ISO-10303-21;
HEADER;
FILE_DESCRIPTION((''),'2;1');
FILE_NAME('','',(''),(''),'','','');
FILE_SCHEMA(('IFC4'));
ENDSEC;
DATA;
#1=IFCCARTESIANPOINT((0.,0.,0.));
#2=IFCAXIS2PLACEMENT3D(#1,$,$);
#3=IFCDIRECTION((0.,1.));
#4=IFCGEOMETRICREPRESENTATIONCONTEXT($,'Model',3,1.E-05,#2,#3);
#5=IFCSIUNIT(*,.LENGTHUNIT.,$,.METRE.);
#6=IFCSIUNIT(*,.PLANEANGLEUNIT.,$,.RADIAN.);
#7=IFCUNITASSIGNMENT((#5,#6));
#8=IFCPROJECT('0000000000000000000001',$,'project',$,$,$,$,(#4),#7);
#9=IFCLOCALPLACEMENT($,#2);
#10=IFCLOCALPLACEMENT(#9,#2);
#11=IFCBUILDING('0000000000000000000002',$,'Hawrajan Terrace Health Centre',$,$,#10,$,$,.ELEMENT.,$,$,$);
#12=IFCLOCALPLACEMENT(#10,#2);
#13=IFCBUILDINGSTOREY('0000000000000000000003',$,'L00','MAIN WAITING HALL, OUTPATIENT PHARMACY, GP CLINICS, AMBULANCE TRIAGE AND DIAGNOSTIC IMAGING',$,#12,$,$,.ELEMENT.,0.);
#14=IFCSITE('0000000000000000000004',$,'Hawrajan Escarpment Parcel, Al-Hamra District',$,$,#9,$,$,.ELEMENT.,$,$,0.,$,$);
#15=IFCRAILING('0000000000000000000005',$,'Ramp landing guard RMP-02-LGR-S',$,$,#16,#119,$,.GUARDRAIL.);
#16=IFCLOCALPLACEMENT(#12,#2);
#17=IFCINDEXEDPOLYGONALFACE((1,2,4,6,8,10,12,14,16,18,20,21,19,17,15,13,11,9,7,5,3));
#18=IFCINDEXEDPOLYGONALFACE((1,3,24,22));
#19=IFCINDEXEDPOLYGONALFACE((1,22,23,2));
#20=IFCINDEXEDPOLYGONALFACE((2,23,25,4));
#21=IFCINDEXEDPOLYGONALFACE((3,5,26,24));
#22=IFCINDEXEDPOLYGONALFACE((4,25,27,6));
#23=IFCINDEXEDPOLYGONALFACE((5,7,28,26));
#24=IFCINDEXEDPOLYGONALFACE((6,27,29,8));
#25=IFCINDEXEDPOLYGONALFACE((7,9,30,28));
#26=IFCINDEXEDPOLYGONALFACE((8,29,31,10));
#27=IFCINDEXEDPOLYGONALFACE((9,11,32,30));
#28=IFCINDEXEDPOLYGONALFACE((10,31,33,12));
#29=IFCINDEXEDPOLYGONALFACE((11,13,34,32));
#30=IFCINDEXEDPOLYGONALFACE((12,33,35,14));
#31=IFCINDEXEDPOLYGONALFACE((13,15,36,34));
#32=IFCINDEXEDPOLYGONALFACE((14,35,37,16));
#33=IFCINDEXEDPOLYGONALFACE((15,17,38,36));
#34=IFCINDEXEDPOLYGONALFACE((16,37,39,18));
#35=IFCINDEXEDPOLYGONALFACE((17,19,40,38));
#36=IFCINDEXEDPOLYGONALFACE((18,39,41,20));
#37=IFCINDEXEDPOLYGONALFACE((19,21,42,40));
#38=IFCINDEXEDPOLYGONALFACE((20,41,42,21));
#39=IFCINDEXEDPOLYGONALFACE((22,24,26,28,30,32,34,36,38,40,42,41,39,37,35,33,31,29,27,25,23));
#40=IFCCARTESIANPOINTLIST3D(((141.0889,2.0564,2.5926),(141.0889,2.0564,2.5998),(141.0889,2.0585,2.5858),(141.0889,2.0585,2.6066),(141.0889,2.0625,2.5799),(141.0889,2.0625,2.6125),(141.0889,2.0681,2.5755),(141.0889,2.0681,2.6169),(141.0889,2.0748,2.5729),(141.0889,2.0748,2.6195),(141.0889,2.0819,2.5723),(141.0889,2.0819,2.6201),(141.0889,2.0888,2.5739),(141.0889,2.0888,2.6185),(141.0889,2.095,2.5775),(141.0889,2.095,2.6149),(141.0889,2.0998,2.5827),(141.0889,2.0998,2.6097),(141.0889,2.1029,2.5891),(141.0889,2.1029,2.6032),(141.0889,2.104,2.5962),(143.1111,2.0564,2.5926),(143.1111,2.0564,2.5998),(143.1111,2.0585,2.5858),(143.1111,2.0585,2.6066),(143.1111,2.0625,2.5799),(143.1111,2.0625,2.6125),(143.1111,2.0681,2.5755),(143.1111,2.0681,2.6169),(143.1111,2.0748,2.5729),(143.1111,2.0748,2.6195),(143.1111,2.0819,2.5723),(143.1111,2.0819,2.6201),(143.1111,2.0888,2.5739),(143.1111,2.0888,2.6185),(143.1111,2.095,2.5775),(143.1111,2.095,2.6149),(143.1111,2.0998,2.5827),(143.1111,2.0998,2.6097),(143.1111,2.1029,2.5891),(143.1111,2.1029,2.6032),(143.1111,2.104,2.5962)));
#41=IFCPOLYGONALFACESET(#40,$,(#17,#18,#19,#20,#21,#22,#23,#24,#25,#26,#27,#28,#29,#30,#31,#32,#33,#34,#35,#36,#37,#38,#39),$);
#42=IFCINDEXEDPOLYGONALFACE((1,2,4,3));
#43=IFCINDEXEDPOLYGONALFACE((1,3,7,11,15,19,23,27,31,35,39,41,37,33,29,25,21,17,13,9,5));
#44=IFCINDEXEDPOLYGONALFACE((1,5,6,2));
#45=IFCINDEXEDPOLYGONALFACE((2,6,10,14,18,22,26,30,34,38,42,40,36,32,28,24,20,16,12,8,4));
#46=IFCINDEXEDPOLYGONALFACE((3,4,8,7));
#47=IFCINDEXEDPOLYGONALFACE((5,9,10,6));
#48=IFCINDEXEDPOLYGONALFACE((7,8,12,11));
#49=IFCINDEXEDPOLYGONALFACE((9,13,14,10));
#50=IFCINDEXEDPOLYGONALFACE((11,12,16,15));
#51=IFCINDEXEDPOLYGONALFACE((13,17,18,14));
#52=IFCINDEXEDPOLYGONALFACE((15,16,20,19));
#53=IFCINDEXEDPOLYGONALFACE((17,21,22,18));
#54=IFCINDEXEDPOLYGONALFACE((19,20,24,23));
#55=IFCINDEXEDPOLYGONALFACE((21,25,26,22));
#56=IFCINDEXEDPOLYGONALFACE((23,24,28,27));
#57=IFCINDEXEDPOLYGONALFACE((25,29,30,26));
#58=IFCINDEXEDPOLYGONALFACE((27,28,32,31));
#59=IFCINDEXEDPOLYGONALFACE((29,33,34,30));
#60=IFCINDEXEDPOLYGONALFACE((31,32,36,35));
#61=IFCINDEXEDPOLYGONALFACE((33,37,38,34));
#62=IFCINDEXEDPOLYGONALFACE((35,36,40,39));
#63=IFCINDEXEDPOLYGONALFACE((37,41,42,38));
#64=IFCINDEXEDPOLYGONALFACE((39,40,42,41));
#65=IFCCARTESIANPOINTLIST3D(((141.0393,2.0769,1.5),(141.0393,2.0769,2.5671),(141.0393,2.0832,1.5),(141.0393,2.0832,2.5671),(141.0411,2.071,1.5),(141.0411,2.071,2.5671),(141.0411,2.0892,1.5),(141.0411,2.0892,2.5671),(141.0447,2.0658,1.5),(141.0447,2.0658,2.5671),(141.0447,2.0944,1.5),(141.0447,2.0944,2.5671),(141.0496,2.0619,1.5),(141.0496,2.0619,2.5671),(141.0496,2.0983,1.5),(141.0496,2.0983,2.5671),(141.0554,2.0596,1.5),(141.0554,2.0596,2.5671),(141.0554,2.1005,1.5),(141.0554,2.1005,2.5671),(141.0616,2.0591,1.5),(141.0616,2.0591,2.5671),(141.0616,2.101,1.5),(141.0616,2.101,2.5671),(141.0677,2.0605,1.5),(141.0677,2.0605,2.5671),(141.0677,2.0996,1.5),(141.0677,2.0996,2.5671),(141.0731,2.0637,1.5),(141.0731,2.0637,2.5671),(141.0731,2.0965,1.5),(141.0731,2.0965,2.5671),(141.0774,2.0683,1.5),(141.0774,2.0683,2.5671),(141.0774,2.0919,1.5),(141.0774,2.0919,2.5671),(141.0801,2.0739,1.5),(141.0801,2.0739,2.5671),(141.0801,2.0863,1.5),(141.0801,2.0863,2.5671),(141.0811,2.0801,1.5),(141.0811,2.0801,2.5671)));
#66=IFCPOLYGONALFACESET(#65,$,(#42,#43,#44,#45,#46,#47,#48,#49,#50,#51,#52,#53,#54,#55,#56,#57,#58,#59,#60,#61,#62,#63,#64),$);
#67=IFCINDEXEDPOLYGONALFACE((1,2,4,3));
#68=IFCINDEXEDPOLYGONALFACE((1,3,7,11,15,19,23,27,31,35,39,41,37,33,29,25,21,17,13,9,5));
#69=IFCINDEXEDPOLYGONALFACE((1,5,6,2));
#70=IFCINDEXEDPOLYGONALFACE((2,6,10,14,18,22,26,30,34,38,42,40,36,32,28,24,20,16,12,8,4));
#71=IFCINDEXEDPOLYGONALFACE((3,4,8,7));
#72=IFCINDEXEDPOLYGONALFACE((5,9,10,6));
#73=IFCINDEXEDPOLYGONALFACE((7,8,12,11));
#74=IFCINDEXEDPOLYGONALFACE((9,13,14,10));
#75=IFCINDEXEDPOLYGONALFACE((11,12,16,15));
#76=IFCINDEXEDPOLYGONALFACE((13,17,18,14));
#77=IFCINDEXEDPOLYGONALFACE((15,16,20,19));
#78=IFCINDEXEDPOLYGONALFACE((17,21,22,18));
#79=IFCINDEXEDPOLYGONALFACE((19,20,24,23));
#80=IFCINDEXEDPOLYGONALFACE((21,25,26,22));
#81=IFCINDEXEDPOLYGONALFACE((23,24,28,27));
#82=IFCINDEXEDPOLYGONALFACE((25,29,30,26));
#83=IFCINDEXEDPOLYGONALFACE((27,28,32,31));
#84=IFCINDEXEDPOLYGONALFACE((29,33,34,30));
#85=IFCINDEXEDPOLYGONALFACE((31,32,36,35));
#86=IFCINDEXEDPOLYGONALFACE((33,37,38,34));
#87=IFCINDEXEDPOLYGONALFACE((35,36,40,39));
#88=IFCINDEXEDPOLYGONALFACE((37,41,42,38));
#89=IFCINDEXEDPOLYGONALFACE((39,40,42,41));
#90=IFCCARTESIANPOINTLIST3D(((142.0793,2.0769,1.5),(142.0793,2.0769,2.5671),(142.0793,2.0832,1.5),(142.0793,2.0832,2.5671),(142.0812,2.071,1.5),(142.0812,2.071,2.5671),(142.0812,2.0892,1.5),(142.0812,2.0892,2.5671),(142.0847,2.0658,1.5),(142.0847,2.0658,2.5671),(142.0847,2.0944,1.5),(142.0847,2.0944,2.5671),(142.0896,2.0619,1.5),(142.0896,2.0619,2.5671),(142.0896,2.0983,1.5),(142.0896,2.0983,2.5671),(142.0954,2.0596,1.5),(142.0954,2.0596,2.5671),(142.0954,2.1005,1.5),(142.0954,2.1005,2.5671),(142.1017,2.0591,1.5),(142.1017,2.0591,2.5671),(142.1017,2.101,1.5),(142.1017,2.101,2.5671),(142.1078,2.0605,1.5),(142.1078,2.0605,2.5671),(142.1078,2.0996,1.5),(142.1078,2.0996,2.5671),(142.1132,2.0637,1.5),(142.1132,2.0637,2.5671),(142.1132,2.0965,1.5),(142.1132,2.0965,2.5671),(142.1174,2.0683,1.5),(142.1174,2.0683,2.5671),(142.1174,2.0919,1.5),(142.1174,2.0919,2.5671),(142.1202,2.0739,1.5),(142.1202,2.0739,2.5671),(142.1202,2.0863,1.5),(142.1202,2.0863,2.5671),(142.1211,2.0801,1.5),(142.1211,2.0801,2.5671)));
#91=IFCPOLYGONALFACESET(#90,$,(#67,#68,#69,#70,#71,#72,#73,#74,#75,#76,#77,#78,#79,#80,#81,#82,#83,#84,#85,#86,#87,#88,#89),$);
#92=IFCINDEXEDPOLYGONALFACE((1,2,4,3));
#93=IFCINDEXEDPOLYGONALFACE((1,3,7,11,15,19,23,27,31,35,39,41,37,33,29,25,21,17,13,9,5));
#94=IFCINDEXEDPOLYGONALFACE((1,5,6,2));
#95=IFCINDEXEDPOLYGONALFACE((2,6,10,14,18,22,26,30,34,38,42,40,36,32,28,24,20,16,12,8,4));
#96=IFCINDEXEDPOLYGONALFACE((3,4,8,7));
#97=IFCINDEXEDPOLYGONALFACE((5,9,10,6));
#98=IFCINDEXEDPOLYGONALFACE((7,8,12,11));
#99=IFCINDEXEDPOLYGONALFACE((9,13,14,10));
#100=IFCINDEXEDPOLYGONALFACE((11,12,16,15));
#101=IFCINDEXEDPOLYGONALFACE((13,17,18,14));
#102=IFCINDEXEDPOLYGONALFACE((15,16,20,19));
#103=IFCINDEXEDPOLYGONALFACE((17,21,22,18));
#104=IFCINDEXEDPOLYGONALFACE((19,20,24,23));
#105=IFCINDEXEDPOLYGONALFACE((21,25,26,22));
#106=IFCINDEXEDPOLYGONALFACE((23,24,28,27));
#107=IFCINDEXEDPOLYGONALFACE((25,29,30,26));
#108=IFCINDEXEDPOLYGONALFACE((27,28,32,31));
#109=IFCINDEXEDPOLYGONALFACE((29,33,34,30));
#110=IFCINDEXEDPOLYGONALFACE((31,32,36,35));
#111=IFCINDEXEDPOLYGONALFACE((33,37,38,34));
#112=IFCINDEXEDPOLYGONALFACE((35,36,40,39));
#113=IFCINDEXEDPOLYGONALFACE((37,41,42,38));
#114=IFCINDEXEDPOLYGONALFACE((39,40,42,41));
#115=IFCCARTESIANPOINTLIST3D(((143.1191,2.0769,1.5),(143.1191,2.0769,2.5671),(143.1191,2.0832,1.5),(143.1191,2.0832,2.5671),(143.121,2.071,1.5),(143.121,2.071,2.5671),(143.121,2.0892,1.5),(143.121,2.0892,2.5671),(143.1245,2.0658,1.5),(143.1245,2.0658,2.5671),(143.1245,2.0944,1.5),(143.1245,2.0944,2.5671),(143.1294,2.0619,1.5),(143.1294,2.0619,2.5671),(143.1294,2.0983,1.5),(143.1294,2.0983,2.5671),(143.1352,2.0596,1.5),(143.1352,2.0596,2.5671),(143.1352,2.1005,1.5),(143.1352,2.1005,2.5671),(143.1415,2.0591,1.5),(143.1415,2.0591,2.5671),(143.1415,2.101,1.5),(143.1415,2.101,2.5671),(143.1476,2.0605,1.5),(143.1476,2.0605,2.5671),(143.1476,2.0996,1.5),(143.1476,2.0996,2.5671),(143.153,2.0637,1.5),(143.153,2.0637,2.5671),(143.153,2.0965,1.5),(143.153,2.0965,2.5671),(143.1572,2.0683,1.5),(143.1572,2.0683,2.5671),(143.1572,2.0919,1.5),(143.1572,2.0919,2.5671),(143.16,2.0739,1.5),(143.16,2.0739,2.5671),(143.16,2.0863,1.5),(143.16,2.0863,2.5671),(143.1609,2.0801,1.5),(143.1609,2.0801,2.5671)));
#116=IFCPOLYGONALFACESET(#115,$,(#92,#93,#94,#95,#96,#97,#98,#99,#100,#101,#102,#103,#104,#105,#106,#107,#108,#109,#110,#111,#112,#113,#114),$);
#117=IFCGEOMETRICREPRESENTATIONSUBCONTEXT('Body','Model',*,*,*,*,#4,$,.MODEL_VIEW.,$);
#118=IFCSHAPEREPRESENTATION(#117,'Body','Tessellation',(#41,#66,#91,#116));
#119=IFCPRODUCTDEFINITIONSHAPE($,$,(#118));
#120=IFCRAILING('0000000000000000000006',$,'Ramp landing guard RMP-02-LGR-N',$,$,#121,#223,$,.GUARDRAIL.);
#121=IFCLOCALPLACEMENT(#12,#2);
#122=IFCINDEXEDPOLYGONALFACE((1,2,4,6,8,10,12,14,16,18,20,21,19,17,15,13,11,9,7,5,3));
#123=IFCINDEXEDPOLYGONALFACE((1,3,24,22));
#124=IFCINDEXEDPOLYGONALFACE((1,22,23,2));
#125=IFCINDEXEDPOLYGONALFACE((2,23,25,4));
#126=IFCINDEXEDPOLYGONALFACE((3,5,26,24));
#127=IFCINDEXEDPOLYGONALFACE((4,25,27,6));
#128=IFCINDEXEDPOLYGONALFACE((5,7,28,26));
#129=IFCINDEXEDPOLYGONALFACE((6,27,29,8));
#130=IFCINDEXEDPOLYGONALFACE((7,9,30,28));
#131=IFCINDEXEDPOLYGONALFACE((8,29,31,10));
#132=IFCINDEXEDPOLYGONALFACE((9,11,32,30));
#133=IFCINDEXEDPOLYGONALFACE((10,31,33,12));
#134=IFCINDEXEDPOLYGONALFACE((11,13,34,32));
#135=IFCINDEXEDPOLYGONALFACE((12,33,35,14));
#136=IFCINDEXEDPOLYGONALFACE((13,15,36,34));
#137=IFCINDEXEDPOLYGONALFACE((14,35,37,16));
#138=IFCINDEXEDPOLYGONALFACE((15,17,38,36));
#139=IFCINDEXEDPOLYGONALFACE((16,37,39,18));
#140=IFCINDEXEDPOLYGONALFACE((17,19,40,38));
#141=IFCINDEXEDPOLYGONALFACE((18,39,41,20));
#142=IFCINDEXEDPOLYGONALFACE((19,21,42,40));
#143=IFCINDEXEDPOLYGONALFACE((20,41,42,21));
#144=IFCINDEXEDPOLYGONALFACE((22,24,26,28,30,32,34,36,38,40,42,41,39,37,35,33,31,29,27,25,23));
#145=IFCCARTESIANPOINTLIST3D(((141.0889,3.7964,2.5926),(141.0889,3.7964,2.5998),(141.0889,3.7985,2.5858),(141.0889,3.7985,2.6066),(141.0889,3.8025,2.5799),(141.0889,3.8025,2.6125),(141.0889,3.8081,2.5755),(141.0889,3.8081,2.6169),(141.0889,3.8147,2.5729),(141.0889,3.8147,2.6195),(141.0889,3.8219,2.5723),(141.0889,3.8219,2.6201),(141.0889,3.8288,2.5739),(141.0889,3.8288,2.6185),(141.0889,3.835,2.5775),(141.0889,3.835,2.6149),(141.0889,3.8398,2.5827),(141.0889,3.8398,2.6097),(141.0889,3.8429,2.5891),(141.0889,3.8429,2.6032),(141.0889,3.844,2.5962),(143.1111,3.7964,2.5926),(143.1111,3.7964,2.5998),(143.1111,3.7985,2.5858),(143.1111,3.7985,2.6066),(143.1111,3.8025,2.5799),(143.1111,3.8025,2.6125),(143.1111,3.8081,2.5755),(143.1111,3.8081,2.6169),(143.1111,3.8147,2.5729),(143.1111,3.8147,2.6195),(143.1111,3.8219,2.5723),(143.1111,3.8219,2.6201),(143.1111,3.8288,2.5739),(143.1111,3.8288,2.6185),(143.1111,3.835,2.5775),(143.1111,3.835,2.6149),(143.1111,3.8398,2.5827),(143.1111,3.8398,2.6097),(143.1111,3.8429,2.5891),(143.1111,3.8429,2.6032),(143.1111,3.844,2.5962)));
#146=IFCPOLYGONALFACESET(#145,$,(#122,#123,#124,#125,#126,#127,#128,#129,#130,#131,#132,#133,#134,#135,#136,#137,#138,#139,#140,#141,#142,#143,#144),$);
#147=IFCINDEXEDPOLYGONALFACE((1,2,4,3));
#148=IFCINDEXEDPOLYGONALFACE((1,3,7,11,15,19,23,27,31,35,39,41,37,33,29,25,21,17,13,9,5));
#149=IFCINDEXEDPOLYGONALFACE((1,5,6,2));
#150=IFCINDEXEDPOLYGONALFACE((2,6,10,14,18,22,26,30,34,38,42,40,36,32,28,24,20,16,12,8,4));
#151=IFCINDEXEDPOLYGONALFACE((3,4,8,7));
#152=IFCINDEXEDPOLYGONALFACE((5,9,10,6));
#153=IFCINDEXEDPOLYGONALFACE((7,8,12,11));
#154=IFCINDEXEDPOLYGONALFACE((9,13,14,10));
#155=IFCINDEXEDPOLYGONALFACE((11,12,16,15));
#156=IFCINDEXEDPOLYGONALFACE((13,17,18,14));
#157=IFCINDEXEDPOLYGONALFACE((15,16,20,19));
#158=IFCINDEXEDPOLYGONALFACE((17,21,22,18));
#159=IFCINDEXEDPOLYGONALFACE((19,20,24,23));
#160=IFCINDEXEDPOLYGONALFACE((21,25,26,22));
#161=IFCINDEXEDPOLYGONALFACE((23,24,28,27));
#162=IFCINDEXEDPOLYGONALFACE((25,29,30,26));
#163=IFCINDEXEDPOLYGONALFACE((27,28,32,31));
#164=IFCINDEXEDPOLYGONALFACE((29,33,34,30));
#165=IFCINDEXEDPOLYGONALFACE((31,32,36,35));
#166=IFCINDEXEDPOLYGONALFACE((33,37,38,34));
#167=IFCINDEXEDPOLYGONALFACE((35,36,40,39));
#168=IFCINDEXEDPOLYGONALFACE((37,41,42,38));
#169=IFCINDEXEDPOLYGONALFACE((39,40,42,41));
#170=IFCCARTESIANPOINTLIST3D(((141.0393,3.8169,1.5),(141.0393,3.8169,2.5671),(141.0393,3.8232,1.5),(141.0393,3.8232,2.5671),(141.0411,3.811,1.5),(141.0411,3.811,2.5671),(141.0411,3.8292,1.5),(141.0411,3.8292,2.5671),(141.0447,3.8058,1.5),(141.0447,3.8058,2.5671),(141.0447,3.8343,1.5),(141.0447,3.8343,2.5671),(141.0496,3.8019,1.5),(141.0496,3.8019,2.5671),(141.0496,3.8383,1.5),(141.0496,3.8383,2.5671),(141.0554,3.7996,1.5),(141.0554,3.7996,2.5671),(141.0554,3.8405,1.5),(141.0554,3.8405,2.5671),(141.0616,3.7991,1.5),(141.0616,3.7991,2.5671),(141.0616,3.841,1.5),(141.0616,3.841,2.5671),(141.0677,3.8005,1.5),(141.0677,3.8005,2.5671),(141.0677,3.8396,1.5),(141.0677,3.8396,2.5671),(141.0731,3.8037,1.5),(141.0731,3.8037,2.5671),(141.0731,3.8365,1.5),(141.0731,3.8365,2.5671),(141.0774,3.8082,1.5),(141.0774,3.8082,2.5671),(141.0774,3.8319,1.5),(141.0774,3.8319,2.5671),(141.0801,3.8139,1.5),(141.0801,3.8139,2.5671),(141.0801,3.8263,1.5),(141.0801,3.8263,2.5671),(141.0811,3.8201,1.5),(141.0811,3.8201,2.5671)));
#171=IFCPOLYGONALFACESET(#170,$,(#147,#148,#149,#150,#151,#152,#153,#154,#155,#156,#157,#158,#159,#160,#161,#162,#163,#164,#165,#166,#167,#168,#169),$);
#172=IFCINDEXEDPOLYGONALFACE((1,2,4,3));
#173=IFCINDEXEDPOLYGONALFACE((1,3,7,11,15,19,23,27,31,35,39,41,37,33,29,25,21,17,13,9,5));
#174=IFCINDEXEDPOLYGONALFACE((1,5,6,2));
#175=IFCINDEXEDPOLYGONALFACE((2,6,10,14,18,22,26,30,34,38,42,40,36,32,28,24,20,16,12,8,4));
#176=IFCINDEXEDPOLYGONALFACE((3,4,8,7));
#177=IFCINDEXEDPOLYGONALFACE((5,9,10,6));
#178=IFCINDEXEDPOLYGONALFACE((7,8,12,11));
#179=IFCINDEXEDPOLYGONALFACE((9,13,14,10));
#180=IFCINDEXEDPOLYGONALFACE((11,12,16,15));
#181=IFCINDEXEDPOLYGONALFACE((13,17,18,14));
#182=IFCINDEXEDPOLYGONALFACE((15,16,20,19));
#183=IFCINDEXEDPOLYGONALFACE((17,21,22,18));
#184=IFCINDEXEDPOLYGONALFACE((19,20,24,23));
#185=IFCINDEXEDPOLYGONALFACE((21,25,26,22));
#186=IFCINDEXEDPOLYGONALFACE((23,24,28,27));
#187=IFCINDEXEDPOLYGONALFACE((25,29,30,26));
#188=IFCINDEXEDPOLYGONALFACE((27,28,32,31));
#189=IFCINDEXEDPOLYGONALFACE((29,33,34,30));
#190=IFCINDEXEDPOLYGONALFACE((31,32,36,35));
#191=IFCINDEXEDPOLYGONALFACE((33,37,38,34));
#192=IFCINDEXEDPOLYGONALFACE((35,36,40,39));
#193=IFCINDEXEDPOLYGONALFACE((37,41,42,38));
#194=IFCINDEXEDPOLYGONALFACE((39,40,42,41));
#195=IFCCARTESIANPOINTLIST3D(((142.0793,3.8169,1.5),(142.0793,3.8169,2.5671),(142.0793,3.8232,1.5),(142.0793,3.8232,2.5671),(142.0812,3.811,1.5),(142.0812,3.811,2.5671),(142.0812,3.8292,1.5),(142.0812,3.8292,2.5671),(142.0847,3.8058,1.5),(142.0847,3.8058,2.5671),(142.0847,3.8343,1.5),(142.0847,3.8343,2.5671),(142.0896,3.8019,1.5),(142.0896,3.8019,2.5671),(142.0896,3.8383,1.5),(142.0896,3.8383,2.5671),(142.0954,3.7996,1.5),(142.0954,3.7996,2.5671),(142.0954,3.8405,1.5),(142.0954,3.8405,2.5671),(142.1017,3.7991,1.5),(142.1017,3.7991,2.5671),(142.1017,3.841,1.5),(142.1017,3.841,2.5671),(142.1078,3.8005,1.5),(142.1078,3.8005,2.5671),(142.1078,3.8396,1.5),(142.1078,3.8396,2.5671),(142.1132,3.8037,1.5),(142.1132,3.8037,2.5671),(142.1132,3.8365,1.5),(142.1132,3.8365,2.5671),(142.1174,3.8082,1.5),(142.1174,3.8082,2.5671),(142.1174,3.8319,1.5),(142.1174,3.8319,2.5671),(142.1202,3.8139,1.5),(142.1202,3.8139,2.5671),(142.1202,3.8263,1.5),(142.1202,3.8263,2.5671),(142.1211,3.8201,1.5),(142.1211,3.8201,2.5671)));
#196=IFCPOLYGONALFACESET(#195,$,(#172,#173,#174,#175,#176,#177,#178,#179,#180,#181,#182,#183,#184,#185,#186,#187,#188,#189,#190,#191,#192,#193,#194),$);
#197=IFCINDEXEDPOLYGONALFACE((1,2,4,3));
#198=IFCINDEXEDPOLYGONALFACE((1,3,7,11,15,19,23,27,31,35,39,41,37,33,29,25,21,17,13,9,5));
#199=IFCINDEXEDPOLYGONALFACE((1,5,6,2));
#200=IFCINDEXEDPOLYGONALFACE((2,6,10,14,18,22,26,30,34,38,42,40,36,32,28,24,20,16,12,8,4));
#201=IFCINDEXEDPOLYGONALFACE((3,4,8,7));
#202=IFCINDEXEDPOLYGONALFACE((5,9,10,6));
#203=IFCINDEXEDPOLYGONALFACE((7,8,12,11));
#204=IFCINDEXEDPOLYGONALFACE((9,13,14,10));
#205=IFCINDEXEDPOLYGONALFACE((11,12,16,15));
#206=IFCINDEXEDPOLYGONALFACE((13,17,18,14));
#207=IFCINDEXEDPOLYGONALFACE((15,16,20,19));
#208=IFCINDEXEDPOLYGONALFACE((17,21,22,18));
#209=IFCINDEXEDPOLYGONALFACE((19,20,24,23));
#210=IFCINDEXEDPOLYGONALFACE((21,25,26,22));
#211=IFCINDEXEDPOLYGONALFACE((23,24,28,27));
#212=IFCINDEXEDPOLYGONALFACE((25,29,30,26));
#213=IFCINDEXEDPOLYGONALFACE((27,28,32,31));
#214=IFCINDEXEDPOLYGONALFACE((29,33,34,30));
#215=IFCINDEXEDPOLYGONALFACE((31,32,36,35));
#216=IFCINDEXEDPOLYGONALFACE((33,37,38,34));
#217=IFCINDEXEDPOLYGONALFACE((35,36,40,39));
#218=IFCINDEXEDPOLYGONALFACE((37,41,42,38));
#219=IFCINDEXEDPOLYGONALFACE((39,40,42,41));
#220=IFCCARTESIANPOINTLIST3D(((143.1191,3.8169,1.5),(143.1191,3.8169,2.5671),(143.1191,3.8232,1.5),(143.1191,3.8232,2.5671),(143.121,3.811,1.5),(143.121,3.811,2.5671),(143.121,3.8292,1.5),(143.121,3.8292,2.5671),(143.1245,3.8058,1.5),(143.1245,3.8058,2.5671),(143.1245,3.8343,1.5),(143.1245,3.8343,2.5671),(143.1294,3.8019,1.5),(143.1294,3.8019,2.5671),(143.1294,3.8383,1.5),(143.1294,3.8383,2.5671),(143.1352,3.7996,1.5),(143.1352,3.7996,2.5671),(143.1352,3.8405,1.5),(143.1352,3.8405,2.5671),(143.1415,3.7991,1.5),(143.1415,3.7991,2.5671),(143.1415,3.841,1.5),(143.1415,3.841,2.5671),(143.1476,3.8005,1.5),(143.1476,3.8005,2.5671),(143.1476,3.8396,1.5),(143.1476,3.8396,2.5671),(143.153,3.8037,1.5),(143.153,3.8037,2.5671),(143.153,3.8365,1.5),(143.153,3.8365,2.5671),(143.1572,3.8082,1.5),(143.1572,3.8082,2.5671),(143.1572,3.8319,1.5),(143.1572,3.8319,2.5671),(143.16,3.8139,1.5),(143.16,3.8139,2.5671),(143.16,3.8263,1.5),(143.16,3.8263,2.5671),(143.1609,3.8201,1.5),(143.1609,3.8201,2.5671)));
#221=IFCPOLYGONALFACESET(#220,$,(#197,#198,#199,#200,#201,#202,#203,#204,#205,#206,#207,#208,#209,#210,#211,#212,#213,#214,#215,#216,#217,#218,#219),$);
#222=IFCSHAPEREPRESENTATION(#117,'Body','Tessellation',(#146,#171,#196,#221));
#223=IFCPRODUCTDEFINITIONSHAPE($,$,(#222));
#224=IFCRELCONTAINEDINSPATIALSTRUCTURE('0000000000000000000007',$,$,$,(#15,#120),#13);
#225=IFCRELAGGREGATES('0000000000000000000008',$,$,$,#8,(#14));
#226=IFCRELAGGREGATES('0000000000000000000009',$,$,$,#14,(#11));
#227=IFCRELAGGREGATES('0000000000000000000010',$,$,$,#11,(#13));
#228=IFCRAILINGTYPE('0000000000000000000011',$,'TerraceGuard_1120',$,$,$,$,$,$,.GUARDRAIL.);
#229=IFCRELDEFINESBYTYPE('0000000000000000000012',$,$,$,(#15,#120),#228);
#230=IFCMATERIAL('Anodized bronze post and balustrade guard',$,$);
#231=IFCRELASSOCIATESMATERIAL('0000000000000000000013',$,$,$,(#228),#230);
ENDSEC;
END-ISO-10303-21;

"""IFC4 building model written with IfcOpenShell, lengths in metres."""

from ifc_helpers import new_model, si_unit, direction, frame, origin, origin_2d, place, context, subcontext, project, spatial, circle, extrude, material, type_object, element, save


model = new_model("IFC4")

# Units and contexts
model_context = context("Model", 3, precision=1e-05, world=origin(), true_north=direction((0.0, 1.0)))
body_context = subcontext(model_context, "Body", "Model", "MODEL_VIEW")
ifc_project = project(units=[si_unit("LENGTHUNIT", "METRE"), si_unit("PLANEANGLEUNIT", "RADIAN")], contexts=[model_context])

# Site, building, storey
site_placement = place(None, origin())
site = spatial("IfcSite", under=ifc_project, at=site_placement, Name="Hawrajan Escarpment Parcel, Al-Hamra District", CompositionType="ELEMENT", RefElevation=0.0)
building_placement = place(site_placement, origin())
building = spatial("IfcBuilding", under=site, at=building_placement, Name="Hawrajan Terrace Health Centre", CompositionType="ELEMENT")
storey_placement = place(building_placement, origin())
storey = spatial("IfcBuildingStorey", under=building, at=storey_placement, Name="L00", Description="MAIN WAITING HALL, OUTPATIENT PHARMACY, GP CLINICS, AMBULANCE TRIAGE AND DIAGNOSTIC IMAGING", CompositionType="ELEMENT", Elevation=0.0)

# Railings
ifc_material_1 = material(Name="Anodized bronze post and balustrade guard")
railing_type_1 = type_object("IfcRailingType", Name="TerraceGuard_1120", PredefinedType="GUARDRAIL", material=ifc_material_1)
for number, where, name in (
    (1, (141.0601, 2.0801, 1.5), "Ramp landing guard RMP-02-LGR-S"),
    (2, (141.0601, 3.8201, 1.5), "Ramp landing guard RMP-02-LGR-N"),
):
    element("IfcRailing", number, at=place(storey_placement, frame(where)), inside=storey, type_object=railing_type_1, Name=name, PredefinedType="GUARDRAIL", context=body_context, shape_type="SweptSolid", body=[
        extrude(circle(Radius=0.0239, at=origin_2d()), frame((0.0288, 0.0, 1.0962), z_axis=(1.0, 0.0, 0.0), x_axis=(0.0, 1.0, 0.0)), (0.0, 0.0, 1.0), 2.0222),
        extrude(circle(Radius=0.021, at=origin_2d()), origin(), (0.0, 0.0, 1.0), 1.0671),
        extrude(circle(Radius=0.021, at=origin_2d()), frame((1.04, 0.0, 0.0)), (0.0, 0.0, 1.0), 1.0671),
        extrude(circle(Radius=0.021, at=origin_2d()), frame((2.0798, 0.0, 0.0)), (0.0, 0.0, 1.0), 1.0671),
    ])

save(model, "model.ifc")
